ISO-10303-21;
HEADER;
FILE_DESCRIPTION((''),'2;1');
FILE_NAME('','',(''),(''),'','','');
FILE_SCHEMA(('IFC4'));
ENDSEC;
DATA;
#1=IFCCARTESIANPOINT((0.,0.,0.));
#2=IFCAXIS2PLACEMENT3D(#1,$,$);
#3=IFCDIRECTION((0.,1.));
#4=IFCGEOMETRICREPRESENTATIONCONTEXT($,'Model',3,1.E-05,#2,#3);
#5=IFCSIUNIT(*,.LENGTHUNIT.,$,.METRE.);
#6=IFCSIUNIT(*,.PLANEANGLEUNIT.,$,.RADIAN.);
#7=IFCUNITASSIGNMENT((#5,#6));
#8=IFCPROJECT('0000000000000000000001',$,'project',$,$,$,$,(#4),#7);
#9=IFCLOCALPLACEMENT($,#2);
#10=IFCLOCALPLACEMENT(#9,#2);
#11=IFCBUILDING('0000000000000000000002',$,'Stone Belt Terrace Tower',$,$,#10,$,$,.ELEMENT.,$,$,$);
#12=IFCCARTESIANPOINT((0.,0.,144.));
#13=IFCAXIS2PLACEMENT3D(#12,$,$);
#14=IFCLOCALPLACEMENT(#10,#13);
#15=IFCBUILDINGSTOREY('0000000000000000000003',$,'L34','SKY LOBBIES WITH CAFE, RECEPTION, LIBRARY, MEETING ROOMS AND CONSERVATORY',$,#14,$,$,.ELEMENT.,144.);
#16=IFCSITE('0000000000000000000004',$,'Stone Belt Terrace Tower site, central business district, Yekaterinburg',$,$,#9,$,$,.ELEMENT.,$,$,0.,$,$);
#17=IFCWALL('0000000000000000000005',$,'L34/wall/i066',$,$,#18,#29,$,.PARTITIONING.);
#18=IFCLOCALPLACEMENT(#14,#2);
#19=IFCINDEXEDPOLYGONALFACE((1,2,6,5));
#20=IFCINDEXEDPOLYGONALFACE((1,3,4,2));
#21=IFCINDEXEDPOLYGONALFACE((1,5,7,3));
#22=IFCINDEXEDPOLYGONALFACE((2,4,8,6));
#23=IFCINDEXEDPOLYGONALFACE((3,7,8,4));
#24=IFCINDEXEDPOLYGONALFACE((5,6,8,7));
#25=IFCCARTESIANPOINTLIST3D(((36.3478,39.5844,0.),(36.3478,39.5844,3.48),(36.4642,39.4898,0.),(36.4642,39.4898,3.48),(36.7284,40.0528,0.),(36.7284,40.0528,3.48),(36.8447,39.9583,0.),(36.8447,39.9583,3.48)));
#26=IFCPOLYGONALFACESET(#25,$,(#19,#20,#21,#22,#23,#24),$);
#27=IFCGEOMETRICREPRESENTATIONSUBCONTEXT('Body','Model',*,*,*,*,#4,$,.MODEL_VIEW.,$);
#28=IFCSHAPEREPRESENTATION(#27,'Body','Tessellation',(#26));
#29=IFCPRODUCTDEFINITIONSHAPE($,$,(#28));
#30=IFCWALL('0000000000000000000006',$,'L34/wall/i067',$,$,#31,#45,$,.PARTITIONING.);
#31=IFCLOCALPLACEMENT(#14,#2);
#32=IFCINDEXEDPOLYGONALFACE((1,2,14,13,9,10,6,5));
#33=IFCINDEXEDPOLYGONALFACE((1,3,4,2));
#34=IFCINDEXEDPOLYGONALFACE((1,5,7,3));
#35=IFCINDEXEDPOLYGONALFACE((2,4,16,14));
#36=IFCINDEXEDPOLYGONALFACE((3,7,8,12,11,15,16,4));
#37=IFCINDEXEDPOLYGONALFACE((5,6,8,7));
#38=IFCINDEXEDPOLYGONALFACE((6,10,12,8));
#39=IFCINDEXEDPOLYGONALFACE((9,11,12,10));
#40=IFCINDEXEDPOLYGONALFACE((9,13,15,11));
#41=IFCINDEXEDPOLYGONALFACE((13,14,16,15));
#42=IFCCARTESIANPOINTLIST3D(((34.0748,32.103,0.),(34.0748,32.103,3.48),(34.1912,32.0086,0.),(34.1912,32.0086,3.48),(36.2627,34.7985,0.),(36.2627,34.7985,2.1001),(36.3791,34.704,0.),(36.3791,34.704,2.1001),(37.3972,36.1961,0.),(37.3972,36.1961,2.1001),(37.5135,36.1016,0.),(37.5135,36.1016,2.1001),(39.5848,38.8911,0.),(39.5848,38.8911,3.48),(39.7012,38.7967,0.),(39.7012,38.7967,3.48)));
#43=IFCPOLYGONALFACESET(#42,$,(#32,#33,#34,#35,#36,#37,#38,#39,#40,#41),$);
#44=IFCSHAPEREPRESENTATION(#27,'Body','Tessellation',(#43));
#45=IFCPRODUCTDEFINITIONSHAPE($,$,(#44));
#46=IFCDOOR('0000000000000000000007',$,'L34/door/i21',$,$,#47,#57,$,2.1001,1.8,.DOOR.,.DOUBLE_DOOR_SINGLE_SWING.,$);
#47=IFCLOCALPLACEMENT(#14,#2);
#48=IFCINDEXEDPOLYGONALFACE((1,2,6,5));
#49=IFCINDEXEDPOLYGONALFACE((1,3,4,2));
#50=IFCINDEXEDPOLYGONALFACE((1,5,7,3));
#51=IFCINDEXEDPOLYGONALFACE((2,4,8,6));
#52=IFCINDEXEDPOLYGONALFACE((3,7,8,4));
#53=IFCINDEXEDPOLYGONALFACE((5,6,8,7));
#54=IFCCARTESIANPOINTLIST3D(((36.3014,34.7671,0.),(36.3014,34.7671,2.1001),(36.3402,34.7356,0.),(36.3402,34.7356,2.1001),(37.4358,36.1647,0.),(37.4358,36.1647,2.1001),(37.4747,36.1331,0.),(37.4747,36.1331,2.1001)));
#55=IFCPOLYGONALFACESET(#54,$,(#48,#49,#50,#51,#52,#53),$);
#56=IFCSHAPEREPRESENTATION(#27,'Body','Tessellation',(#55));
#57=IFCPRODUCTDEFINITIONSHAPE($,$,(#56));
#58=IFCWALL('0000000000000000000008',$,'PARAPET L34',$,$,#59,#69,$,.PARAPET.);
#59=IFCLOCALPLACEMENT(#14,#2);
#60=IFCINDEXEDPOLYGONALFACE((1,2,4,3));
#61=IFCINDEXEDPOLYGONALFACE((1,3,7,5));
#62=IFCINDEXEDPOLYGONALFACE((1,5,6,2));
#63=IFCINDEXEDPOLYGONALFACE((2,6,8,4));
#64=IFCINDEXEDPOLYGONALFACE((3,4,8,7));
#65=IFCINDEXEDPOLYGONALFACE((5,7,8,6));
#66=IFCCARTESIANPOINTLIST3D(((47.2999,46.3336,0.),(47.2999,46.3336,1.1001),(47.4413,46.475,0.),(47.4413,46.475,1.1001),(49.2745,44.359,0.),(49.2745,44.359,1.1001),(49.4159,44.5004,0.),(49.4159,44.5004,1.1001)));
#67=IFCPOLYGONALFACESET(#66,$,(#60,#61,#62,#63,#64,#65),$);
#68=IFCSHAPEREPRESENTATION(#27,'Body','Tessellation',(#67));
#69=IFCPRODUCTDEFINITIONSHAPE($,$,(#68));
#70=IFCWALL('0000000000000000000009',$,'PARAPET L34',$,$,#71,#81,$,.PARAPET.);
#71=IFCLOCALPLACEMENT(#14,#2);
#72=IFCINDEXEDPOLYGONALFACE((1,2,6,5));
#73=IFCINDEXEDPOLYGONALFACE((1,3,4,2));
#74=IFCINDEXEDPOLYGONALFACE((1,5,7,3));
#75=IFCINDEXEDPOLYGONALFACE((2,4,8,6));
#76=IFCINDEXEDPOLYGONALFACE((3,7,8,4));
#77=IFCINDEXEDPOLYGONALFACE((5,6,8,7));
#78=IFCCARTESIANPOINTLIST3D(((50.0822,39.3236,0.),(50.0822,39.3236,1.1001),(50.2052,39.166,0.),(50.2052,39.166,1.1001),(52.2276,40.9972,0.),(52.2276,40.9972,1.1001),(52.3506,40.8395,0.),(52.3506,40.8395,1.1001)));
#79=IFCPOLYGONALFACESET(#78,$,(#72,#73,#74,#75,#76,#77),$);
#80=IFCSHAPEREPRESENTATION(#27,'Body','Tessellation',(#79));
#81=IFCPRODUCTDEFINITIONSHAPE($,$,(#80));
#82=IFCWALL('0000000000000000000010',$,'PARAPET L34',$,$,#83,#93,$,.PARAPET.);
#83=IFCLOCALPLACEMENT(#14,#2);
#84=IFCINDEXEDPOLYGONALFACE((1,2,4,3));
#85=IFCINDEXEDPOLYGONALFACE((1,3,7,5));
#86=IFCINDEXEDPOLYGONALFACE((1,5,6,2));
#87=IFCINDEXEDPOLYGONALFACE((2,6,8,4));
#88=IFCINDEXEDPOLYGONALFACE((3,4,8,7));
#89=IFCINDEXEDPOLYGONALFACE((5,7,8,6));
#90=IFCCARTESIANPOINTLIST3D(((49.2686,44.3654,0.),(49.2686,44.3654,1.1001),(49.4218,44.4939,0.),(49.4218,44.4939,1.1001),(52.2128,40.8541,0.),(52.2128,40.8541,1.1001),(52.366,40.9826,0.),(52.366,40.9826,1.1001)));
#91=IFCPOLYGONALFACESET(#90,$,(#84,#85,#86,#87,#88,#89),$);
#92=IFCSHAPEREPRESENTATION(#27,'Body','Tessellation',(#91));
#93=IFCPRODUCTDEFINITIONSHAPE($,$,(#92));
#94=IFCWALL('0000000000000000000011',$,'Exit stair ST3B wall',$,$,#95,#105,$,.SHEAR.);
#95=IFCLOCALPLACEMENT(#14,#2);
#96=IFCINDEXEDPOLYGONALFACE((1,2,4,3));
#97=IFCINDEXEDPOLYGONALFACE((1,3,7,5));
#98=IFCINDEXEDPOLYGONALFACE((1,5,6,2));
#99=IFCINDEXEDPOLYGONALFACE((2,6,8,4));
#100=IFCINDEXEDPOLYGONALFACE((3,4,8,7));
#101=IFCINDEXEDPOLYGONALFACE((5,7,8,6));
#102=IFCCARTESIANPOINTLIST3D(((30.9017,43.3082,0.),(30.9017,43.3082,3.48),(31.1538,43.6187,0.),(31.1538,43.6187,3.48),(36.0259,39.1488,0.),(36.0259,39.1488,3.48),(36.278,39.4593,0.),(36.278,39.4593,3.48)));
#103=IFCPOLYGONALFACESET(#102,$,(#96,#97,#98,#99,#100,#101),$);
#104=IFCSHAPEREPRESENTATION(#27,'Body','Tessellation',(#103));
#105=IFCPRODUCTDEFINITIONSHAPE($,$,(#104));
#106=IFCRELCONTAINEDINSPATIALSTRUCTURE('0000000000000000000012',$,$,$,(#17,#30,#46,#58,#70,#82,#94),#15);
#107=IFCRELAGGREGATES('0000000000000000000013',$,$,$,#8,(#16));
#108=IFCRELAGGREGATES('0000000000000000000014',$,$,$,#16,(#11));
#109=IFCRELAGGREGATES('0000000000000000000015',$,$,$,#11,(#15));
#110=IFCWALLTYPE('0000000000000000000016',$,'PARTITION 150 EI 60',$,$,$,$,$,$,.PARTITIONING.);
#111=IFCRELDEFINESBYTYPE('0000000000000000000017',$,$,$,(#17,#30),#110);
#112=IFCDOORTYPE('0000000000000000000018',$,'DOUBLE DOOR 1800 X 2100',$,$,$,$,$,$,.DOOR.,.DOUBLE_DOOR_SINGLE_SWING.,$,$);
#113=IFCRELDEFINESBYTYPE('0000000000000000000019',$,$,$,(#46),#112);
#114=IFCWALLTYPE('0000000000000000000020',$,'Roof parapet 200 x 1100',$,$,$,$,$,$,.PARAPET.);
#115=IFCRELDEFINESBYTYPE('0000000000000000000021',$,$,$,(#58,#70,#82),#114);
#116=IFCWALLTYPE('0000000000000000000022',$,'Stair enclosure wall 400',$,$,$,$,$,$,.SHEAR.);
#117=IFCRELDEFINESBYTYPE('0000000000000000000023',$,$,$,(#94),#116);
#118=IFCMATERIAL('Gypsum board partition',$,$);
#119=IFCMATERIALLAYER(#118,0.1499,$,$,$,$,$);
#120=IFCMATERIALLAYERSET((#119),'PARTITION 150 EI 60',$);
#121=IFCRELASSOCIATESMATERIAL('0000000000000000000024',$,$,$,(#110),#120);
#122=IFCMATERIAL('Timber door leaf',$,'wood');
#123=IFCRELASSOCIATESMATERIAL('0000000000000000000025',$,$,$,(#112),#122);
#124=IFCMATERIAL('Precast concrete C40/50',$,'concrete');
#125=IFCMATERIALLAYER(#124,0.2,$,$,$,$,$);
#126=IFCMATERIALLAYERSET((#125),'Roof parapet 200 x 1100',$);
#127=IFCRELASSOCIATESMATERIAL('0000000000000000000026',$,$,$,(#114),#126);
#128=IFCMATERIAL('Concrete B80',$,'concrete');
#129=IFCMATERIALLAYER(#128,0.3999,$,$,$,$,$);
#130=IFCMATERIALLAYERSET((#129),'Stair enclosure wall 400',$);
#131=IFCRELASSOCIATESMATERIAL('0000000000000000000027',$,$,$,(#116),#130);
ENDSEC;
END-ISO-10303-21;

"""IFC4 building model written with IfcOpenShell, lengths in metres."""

from ifc_helpers import new_model, si_unit, direction, frame, frame_2d, origin, place, context, subcontext, project, spatial, rectangle, extrude, material, layer, layer_set, type_object, element, fill, save


model = new_model("IFC4")

# Units and contexts
model_context = context("Model", 3, precision=1e-05, world=origin(), true_north=direction((0.0, 1.0)))
body_context = subcontext(model_context, "Body", "Model", "MODEL_VIEW")
ifc_project = project(units=[si_unit("LENGTHUNIT", "METRE"), si_unit("PLANEANGLEUNIT", "RADIAN")], contexts=[model_context])

# Site, building, storey
site_placement = place(None, origin())
site = spatial("IfcSite", under=ifc_project, at=site_placement, Name="Stone Belt Terrace Tower site, central business district, Yekaterinburg", CompositionType="ELEMENT", RefElevation=0.0)
building_placement = place(site_placement, origin())
building = spatial("IfcBuilding", under=site, at=building_placement, Name="Stone Belt Terrace Tower", CompositionType="ELEMENT")
storey_placement = place(building_placement, frame((0.0, 0.0, 144.0)))
storey = spatial("IfcBuildingStorey", under=building, at=storey_placement, Name="L34", Description="SKY LOBBIES WITH CAFE, RECEPTION, LIBRARY, MEETING ROOMS AND CONSERVATORY", CompositionType="ELEMENT", Elevation=144.0)

# Shared definitions
ifc_material_1 = material(Name="Concrete B80", Category="concrete")

# Shared definitions
ifc_material_2 = material(Name="Gypsum board partition")
ifc_layer_1 = layer(ifc_material_2, 0.1499)
ifc_layer_set_1 = layer_set([ifc_layer_1], Name="PARTITION 150 EI 60")
wall_type_1 = type_object("IfcWallType", Name="PARTITION 150 EI 60", PredefinedType="PARTITIONING", material=ifc_layer_set_1)
ifc_material_3 = material(Name="Timber door leaf", Category="wood")

# Wall
wall_1_placement = place(storey_placement, frame((36.406, 39.5371, 0.0), z_axis=(0.0, 0.0, 1.0), x_axis=(0.630547, 0.776151, 0.0)))
element("IfcWall", 1, at=wall_1_placement, inside=storey, type_object=wall_type_1, Name="L34/wall/i066", PredefinedType="PARTITIONING", context=body_context, shape_type="SweptSolid", body=[
    extrude(rectangle(XDim=0.6035, YDim=0.1499, at=frame_2d((0.3018, 0.0))), origin(), (0.0, 0.0, 1.0), 3.48),
])

# Wall, opening, door
wall_2_placement = place(storey_placement, frame((39.6431, 38.844, 0.0), z_axis=(0.0, 0.0, 1.0), x_axis=(-0.630227, -0.776411, 0.0)))
wall_2 = element("IfcWall", 2, at=wall_2_placement, inside=storey, type_object=wall_type_1, Name="L34/wall/i067", PredefinedType="PARTITIONING", context=body_context, shape_type="SweptSolid", body=[
    extrude(rectangle(XDim=8.7429, YDim=0.1499, at=frame_2d((4.3716, 0.0))), origin(), (0.0, 0.0, 1.0), 3.48),
])
opening_1_placement = place(wall_2_placement, frame((3.4714, 0.0, 0.0)))
opening_1 = element("IfcOpeningElement", 3, at=opening_1_placement, cuts=wall_2, PredefinedType="OPENING", context=body_context, shape_type="SweptSolid", body=[
    extrude(rectangle(XDim=1.8, YDim=2.1001, at=frame_2d((0.8999, 1.05))), frame((0.0, 0.085, 0.0), z_axis=(0.0, -1.0, 0.0), x_axis=(1.0, 0.0, 0.0)), (0.0, 0.0, 1.0), 0.1699),
])
door_type_1 = type_object("IfcDoorType", Name="DOUBLE DOOR 1800 X 2100", OperationType="DOUBLE_DOOR_SINGLE_SWING", PredefinedType="DOOR", material=ifc_material_3)
door_1_placement = place(opening_1_placement, origin())
door_1 = element("IfcDoor", 4, at=door_1_placement, inside=storey, type_object=door_type_1, Name="L34/door/i21", OperationType="DOUBLE_DOOR_SINGLE_SWING", OverallHeight=2.1001, OverallWidth=1.8, PredefinedType="DOOR", context=body_context, shape_type="SweptSolid", body=[
    extrude(rectangle(XDim=1.8, YDim=2.1001, at=frame_2d((0.8999, 1.05))), frame((0.0, 0.0249, 0.0), z_axis=(0.0, -1.0, 0.0), x_axis=(1.0, 0.0, 0.0)), (0.0, 0.0, 1.0), 0.05),
])
fill(opening_1, door_1)

# Walls
ifc_material_4 = material(Name="Precast concrete C40/50", Category="concrete")
ifc_layer_2 = layer(ifc_material_4, 0.2)
ifc_layer_set_2 = layer_set([ifc_layer_2], Name="Roof parapet 200 x 1100")
wall_type_2 = type_object("IfcWallType", Name="Roof parapet 200 x 1100", PredefinedType="PARAPET", material=ifc_layer_set_2)
wall_3_placement = place(storey_placement, frame((49.3452, 44.4297, 0.0), z_axis=(0.0, 0.0, 1.0), x_axis=(-0.707107, 0.707107, 0.0)))
element("IfcWall", 5, at=wall_3_placement, inside=storey, type_object=wall_type_2, Name="PARAPET L34", PredefinedType="PARAPET", context=body_context, shape_type="SweptSolid", body=[
    extrude(rectangle(XDim=2.7925, YDim=0.2, at=frame_2d((1.3962, 0.0))), origin(), (0.0, 0.0, 1.0), 1.1001),
])
wall_4_placement = place(storey_placement, frame((50.1438, 39.2449, 0.0), z_axis=(0.0, 0.0, 1.0), x_axis=(0.788487, 0.615052, 0.0)))
element("IfcWall", 6, at=wall_4_placement, inside=storey, type_object=wall_type_2, Name="PARAPET L34", PredefinedType="PARAPET", context=body_context, shape_type="SweptSolid", body=[
    extrude(rectangle(XDim=2.7209, YDim=0.2, at=frame_2d((1.3604, 0.0))), origin(), (0.0, 0.0, 1.0), 1.1001),
])
wall_5_placement = place(storey_placement, frame((52.2893, 40.9185, 0.0), z_axis=(0.0, 0.0, 1.0), x_axis=(-0.642508, 0.766279, 0.0)))
element("IfcWall", 7, at=wall_5_placement, inside=storey, type_object=wall_type_2, Name="PARAPET L34", PredefinedType="PARAPET", context=body_context, shape_type="SweptSolid", body=[
    extrude(rectangle(XDim=4.5823, YDim=0.2, at=frame_2d((2.291, 0.0))), origin(), (0.0, 0.0, 1.0), 1.1001),
])
ifc_layer_3 = layer(ifc_material_1, 0.3999)
ifc_layer_set_3 = layer_set([ifc_layer_3], Name="Stair enclosure wall 400")
wall_type_3 = type_object("IfcWallType", Name="Stair enclosure wall 400", PredefinedType="SHEAR", material=ifc_layer_set_3)
wall_6_placement = place(storey_placement, frame((31.0278, 43.4634, 0.0), z_axis=(0.0, 0.0, 1.0), x_axis=(0.776414, -0.630224, 0.0)))
element("IfcWall", 8, at=wall_6_placement, inside=storey, type_object=wall_type_3, Name="Exit stair ST3B wall", PredefinedType="SHEAR", context=body_context, shape_type="SweptSolid", body=[
    extrude(rectangle(XDim=6.5999, YDim=0.3999, at=frame_2d((3.2998, 0.0))), origin(), (0.0, 0.0, 1.0), 3.48),
])

save(model, "model.ifc")
